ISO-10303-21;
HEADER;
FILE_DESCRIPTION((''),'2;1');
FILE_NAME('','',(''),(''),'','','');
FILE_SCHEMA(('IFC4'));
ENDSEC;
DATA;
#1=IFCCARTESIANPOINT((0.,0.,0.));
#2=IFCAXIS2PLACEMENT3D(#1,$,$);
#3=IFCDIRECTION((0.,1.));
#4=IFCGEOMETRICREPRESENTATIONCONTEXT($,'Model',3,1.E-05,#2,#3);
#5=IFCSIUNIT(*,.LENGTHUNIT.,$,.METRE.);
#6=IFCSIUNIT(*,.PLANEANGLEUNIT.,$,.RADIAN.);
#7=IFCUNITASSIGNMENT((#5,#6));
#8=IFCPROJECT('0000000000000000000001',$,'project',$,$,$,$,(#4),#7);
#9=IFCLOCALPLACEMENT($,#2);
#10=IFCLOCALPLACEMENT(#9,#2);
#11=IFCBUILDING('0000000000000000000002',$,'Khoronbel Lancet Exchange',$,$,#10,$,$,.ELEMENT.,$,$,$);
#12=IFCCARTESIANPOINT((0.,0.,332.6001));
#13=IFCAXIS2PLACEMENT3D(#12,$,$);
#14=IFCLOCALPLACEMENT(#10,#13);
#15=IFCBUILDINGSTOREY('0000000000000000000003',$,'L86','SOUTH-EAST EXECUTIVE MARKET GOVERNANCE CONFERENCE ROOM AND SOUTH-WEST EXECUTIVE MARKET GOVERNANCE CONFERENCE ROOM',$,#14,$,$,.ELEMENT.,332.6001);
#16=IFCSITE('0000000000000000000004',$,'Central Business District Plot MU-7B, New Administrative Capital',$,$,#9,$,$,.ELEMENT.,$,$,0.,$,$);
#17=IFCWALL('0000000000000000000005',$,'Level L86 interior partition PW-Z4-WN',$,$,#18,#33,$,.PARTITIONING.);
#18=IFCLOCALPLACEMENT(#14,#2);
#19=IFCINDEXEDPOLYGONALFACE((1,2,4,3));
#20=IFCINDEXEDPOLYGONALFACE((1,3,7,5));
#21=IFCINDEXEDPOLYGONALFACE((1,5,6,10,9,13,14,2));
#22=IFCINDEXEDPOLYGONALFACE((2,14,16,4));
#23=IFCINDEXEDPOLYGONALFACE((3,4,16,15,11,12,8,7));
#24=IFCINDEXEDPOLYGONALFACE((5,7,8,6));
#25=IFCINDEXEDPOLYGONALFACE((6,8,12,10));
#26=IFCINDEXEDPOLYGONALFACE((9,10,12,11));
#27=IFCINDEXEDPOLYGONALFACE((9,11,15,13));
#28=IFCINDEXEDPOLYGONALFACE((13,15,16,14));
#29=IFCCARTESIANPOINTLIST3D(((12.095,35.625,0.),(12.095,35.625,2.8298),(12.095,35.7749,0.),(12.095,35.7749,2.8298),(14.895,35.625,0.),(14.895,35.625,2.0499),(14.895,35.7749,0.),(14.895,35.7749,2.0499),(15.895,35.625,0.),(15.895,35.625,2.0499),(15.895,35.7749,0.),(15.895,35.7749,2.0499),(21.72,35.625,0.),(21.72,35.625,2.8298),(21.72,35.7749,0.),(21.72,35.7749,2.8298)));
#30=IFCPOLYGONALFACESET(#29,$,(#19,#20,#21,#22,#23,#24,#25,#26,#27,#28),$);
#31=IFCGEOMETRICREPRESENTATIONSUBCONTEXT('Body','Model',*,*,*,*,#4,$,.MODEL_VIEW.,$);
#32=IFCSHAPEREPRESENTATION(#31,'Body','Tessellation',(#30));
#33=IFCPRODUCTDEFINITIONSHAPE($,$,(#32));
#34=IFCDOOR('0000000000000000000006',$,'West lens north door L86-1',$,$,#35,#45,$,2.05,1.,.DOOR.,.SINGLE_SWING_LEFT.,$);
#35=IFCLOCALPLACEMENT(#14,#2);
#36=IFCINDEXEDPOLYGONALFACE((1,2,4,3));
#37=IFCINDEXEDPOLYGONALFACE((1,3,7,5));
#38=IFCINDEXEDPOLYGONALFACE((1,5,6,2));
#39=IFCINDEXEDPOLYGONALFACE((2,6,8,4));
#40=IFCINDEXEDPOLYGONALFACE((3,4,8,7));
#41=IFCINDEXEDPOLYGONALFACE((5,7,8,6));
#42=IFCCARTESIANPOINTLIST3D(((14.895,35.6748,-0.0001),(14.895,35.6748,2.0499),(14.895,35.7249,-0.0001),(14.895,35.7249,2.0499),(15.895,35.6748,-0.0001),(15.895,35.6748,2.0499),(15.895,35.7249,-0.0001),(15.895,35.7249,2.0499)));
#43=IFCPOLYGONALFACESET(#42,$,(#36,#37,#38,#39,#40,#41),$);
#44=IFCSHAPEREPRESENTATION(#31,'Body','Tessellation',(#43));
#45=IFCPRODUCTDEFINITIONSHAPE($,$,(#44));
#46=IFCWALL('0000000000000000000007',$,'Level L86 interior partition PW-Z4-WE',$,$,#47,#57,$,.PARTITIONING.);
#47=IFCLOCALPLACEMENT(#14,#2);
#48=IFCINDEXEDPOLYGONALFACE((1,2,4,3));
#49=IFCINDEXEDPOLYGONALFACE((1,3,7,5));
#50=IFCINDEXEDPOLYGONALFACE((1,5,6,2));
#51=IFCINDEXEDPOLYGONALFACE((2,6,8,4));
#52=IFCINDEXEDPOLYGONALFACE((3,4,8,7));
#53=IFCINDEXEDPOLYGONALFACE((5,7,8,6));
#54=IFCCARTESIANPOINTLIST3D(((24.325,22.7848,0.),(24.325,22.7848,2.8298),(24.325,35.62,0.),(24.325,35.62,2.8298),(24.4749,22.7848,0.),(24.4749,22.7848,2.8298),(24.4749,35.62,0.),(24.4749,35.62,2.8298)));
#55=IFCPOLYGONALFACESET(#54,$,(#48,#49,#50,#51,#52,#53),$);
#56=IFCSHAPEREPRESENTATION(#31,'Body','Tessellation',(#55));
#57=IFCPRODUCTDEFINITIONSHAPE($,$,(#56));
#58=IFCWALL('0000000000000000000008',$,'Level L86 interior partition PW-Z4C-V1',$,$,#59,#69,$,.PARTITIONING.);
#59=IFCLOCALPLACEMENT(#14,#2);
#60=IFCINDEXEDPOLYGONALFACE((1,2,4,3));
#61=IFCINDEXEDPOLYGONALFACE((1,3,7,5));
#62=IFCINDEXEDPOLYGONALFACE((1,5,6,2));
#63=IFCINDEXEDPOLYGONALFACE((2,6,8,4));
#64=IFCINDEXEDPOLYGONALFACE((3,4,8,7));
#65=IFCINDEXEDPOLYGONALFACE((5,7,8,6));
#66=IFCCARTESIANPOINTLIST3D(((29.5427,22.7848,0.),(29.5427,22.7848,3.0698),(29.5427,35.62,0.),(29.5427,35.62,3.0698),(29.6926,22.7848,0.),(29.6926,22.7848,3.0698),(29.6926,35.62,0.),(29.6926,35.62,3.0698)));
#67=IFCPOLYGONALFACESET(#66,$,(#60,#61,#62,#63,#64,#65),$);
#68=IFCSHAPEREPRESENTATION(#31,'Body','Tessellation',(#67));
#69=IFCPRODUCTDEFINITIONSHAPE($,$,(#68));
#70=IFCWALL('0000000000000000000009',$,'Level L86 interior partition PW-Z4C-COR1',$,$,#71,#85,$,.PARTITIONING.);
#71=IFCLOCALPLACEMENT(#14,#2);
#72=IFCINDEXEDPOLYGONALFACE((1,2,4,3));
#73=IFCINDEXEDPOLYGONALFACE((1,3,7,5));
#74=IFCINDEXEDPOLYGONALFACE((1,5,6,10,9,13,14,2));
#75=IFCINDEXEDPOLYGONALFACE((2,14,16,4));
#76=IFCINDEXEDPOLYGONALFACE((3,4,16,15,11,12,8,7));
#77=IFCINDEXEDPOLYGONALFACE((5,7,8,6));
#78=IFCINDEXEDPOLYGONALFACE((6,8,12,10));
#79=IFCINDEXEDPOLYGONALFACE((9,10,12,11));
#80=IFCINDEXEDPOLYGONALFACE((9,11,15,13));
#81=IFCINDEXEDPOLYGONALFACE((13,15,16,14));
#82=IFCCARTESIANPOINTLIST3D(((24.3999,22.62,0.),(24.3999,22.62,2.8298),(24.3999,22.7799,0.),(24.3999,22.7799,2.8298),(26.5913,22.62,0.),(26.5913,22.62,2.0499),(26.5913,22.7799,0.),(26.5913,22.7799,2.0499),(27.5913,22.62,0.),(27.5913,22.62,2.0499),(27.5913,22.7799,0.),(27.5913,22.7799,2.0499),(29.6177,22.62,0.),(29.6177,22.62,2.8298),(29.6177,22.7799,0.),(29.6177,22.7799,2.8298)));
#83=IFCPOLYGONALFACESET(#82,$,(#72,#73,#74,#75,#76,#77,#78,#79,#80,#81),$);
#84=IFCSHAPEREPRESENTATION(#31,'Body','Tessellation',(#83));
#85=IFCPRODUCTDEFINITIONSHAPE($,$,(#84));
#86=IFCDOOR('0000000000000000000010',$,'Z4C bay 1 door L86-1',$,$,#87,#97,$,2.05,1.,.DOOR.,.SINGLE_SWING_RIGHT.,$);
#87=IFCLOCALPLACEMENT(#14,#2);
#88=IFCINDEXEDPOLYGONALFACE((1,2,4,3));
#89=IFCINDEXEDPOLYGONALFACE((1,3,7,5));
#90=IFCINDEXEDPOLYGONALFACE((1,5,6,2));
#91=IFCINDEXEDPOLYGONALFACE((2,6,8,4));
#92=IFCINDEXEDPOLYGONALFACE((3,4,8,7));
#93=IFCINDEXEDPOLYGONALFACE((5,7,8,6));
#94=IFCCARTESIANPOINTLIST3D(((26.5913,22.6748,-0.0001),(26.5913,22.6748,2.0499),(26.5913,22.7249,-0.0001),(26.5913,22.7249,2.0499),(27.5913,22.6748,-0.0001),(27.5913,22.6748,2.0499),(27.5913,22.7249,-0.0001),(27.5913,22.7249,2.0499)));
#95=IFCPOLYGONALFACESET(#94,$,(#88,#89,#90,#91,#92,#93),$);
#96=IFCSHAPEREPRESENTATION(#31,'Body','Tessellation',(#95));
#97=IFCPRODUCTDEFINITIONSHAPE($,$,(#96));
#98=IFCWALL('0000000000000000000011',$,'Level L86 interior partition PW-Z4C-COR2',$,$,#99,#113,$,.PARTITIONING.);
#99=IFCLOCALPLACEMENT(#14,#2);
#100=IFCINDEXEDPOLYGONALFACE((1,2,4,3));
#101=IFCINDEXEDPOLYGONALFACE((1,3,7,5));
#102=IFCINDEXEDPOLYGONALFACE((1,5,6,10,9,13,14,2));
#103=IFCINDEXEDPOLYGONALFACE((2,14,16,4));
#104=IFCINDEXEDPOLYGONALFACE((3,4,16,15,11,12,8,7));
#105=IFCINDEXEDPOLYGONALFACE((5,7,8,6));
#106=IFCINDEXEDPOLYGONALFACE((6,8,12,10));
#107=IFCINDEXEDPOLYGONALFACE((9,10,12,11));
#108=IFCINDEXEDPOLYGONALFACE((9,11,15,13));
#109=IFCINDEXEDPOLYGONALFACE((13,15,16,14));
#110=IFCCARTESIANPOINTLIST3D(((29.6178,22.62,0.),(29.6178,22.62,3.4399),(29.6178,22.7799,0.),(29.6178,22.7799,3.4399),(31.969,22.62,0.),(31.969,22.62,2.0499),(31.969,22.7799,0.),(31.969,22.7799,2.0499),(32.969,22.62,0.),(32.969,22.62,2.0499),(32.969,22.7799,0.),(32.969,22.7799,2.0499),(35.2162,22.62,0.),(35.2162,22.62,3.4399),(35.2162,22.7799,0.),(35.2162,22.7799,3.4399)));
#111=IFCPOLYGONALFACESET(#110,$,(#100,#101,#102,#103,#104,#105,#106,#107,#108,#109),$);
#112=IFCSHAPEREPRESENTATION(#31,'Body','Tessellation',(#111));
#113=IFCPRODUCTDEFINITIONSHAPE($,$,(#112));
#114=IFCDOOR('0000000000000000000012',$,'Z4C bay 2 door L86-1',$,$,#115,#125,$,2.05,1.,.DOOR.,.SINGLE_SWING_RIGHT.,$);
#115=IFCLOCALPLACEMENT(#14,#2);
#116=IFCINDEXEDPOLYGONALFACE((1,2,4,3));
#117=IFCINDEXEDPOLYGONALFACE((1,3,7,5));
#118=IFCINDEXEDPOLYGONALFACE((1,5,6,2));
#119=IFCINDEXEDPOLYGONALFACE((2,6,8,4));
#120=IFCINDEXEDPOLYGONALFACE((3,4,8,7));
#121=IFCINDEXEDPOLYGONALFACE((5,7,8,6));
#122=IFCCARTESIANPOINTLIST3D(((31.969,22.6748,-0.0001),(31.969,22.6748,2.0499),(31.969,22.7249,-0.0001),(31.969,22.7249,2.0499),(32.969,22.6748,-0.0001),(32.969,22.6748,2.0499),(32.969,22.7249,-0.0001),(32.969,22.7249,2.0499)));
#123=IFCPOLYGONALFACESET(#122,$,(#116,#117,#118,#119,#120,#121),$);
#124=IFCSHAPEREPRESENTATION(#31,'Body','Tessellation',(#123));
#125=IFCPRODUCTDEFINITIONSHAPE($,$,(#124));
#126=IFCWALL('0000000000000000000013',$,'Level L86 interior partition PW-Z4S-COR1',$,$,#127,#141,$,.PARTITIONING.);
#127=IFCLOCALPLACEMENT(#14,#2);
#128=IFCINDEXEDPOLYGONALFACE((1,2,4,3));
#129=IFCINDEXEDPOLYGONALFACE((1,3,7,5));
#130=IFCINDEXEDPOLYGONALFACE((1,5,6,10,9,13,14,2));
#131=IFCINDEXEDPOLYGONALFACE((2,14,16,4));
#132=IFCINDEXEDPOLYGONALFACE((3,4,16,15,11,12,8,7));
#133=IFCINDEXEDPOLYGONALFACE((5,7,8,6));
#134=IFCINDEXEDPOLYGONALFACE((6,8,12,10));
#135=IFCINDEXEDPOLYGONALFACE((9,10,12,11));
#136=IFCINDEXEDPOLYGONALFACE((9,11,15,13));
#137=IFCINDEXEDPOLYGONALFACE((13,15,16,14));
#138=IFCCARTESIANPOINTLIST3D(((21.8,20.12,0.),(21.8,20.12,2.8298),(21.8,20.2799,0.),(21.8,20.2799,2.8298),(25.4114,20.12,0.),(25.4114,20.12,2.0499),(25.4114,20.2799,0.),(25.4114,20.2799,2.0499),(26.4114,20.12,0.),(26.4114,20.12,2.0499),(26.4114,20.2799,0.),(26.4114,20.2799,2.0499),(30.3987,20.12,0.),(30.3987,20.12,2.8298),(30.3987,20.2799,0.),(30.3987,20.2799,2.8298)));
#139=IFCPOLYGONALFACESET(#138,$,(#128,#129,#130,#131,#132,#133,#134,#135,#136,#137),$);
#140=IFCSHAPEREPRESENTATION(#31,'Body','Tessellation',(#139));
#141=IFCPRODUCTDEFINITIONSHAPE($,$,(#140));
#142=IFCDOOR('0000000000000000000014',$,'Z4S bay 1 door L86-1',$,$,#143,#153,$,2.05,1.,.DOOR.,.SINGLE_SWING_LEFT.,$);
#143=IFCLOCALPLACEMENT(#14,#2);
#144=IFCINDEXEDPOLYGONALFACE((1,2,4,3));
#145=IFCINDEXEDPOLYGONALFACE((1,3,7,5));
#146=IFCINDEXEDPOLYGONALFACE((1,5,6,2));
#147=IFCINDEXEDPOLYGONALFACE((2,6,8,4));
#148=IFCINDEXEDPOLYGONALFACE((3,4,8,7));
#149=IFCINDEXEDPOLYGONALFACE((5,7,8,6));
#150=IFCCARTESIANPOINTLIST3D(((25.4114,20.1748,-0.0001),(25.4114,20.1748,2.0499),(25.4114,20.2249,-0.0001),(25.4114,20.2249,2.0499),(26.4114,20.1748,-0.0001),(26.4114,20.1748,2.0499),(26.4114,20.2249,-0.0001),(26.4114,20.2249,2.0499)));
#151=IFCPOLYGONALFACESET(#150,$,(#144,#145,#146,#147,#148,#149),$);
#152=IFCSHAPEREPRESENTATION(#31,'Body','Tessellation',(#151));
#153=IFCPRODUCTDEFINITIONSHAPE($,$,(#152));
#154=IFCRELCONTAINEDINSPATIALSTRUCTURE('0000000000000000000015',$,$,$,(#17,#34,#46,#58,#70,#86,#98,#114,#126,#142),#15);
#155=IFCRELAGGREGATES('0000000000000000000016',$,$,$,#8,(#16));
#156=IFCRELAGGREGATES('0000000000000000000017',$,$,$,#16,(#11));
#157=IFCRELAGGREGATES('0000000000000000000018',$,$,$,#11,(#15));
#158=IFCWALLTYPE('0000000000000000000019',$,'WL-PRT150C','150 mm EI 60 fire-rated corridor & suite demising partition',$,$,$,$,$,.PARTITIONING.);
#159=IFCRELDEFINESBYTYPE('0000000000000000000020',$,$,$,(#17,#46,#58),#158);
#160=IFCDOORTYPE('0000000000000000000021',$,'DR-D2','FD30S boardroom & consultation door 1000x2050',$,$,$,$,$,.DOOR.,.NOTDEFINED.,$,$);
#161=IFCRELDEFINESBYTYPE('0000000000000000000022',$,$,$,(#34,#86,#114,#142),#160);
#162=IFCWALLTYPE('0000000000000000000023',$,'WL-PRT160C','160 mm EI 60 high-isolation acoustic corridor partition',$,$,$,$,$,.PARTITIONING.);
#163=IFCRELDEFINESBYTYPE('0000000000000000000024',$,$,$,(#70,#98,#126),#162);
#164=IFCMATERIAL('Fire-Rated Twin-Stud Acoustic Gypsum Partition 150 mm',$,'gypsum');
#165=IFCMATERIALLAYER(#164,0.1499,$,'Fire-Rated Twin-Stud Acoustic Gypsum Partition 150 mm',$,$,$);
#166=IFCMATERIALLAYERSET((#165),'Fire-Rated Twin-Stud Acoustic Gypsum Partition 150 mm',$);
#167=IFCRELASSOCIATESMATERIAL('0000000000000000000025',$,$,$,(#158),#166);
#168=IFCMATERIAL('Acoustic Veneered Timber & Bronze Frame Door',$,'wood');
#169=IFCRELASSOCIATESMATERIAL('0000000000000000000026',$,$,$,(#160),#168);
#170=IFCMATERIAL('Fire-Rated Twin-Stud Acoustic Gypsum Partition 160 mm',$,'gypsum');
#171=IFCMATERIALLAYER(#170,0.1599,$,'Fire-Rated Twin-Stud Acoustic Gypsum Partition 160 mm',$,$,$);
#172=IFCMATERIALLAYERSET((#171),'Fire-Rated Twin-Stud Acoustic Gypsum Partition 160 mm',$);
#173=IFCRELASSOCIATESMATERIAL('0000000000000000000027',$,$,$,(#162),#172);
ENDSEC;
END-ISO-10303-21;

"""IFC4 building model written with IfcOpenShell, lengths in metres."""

from ifc_helpers import new_model, si_unit, direction, frame, frame_2d, origin, place, context, subcontext, project, spatial, rectangle, extrude, material, layer, layer_set, type_object, element, fill, save


model = new_model("IFC4")

# Units and contexts
model_context = context("Model", 3, precision=1e-05, world=origin(), true_north=direction((0.0, 1.0)))
body_context = subcontext(model_context, "Body", "Model", "MODEL_VIEW")
ifc_project = project(units=[si_unit("LENGTHUNIT", "METRE"), si_unit("PLANEANGLEUNIT", "RADIAN")], contexts=[model_context])

# Site, building, storey
site_placement = place(None, origin())
site = spatial("IfcSite", under=ifc_project, at=site_placement, Name="Central Business District Plot MU-7B, New Administrative Capital", CompositionType="ELEMENT", RefElevation=0.0)
building_placement = place(site_placement, origin())
building = spatial("IfcBuilding", under=site, at=building_placement, Name="Khoronbel Lancet Exchange", CompositionType="ELEMENT")
storey_placement = place(building_placement, frame((0.0, 0.0, 332.6001)))
storey = spatial("IfcBuildingStorey", under=building, at=storey_placement, Name="L86", Description="SOUTH-EAST EXECUTIVE MARKET GOVERNANCE CONFERENCE ROOM AND SOUTH-WEST EXECUTIVE MARKET GOVERNANCE CONFERENCE ROOM", CompositionType="ELEMENT", Elevation=332.6001)

# Wall, opening, door
ifc_material_1 = material(Name="Fire-Rated Twin-Stud Acoustic Gypsum Partition 150 mm", Category="gypsum")
ifc_layer_1 = layer(ifc_material_1, 0.1499, Name="Fire-Rated Twin-Stud Acoustic Gypsum Partition 150 mm")
ifc_layer_set_1 = layer_set([ifc_layer_1], Name="Fire-Rated Twin-Stud Acoustic Gypsum Partition 150 mm")
wall_type_1 = type_object("IfcWallType", Name="WL-PRT150C", Description="150 mm EI 60 fire-rated corridor & suite demising partition", PredefinedType="PARTITIONING", material=ifc_layer_set_1)
wall_1_placement = place(storey_placement, frame((12.095, 35.7, 0.0), z_axis=(0.0, 0.0, 1.0), x_axis=(1.0, 0.0, 0.0)))
wall_1 = element("IfcWall", 1, at=wall_1_placement, inside=storey, type_object=wall_type_1, Name="Level L86 interior partition PW-Z4-WN", PredefinedType="PARTITIONING", context=body_context, shape_type="SweptSolid", body=[
    extrude(rectangle(XDim=9.625, YDim=0.1499, at=frame_2d((4.8125, 0.0))), origin(), (0.0, 0.0, 1.0), 2.8298),
])
opening_1_placement = place(wall_1_placement, frame((2.8, 0.0, 0.0)))
opening_1 = element("IfcOpeningElement", 2, at=opening_1_placement, cuts=wall_1, PredefinedType="OPENING", context=body_context, shape_type="SweptSolid", body=[
    extrude(rectangle(XDim=1.0, YDim=2.05, at=frame_2d((0.5, 1.0249))), frame((0.0, 0.085, 0.0), z_axis=(0.0, -1.0, 0.0), x_axis=(1.0, 0.0, 0.0)), (0.0, 0.0, 1.0), 0.1699),
])
ifc_material_2 = material(Name="Acoustic Veneered Timber & Bronze Frame Door", Category="wood")
door_type_1 = type_object("IfcDoorType", Name="DR-D2", Description="FD30S boardroom & consultation door 1000x2050", OperationType="NOTDEFINED", PredefinedType="DOOR", material=ifc_material_2)
door_1_placement = place(opening_1_placement, origin())
door_1 = element("IfcDoor", 3, at=door_1_placement, inside=storey, type_object=door_type_1, Name="West lens north door L86-1", OperationType="SINGLE_SWING_LEFT", OverallHeight=2.05, OverallWidth=1.0, PredefinedType="DOOR", context=body_context, shape_type="SweptSolid", body=[
    extrude(rectangle(XDim=1.0, YDim=2.05, at=frame_2d((0.5, 1.0249))), frame((0.0, 0.0249, 0.0), z_axis=(0.0, -1.0, 0.0), x_axis=(1.0, 0.0, 0.0)), (0.0, 0.0, 1.0), 0.05),
])
fill(opening_1, door_1)

# Walls
wall_2_placement = place(storey_placement, frame((24.3999, 22.7849, 0.0), z_axis=(0.0, 0.0, 1.0), x_axis=(0.0, 1.0, 0.0)))
element("IfcWall", 4, at=wall_2_placement, inside=storey, type_object=wall_type_1, Name="Level L86 interior partition PW-Z4-WE", PredefinedType="PARTITIONING", context=body_context, shape_type="SweptSolid", body=[
    extrude(rectangle(XDim=12.8352, YDim=0.1499, at=frame_2d((6.4175, 0.0))), origin(), (0.0, 0.0, 1.0), 2.8298),
])
wall_3_placement = place(storey_placement, frame((29.6177, 22.7849, 0.0), z_axis=(0.0, 0.0, 1.0), x_axis=(0.0, 1.0, 0.0)))
element("IfcWall", 5, at=wall_3_placement, inside=storey, type_object=wall_type_1, Name="Level L86 interior partition PW-Z4C-V1", PredefinedType="PARTITIONING", context=body_context, shape_type="SweptSolid", body=[
    extrude(rectangle(XDim=12.8352, YDim=0.1499, at=frame_2d((6.4175, 0.0))), origin(), (0.0, 0.0, 1.0), 3.0698),
])

# Walls, openings, doors
ifc_material_3 = material(Name="Fire-Rated Twin-Stud Acoustic Gypsum Partition 160 mm", Category="gypsum")
ifc_layer_2 = layer(ifc_material_3, 0.1599, Name="Fire-Rated Twin-Stud Acoustic Gypsum Partition 160 mm")
ifc_layer_set_2 = layer_set([ifc_layer_2], Name="Fire-Rated Twin-Stud Acoustic Gypsum Partition 160 mm")
wall_type_2 = type_object("IfcWallType", Name="WL-PRT160C", Description="160 mm EI 60 high-isolation acoustic corridor partition", PredefinedType="PARTITIONING", material=ifc_layer_set_2)
wall_4_placement = place(storey_placement, frame((24.3999, 22.7, 0.0), z_axis=(0.0, 0.0, 1.0), x_axis=(1.0, 0.0, 0.0)))
wall_4 = element("IfcWall", 6, at=wall_4_placement, inside=storey, type_object=wall_type_2, Name="Level L86 interior partition PW-Z4C-COR1", PredefinedType="PARTITIONING", context=body_context, shape_type="SweptSolid", body=[
    extrude(rectangle(XDim=5.2178, YDim=0.1599, at=frame_2d((2.6089, 0.0))), origin(), (0.0, 0.0, 1.0), 2.8298),
])
opening_2_placement = place(wall_4_placement, frame((2.1914, 0.0, 0.0)))
opening_2 = element("IfcOpeningElement", 7, at=opening_2_placement, cuts=wall_4, PredefinedType="OPENING", context=body_context, shape_type="SweptSolid", body=[
    extrude(rectangle(XDim=1.0, YDim=2.05, at=frame_2d((0.5, 1.0249))), frame((0.0, 0.0898, 0.0), z_axis=(0.0, -1.0, 0.0), x_axis=(1.0, 0.0, 0.0)), (0.0, 0.0, 1.0), 0.1799),
])
door_2_placement = place(opening_2_placement, origin())
door_2 = element("IfcDoor", 8, at=door_2_placement, inside=storey, type_object=door_type_1, Name="Z4C bay 1 door L86-1", OperationType="SINGLE_SWING_RIGHT", OverallHeight=2.05, OverallWidth=1.0, PredefinedType="DOOR", context=body_context, shape_type="SweptSolid", body=[
    extrude(rectangle(XDim=1.0, YDim=2.05, at=frame_2d((0.5, 1.0249))), frame((0.0, 0.0249, 0.0), z_axis=(0.0, -1.0, 0.0), x_axis=(1.0, 0.0, 0.0)), (0.0, 0.0, 1.0), 0.05),
])
fill(opening_2, door_2)
wall_5_placement = place(storey_placement, frame((29.6177, 22.7, 0.0), z_axis=(0.0, 0.0, 1.0), x_axis=(1.0, 0.0, 0.0)))
wall_5 = element("IfcWall", 9, at=wall_5_placement, inside=storey, type_object=wall_type_2, Name="Level L86 interior partition PW-Z4C-COR2", PredefinedType="PARTITIONING", context=body_context, shape_type="SweptSolid", body=[
    extrude(rectangle(XDim=5.5984, YDim=0.1599, at=frame_2d((2.7993, 0.0))), origin(), (0.0, 0.0, 1.0), 3.4399),
])
opening_3_placement = place(wall_5_placement, frame((2.3513, 0.0, 0.0)))
opening_3 = element("IfcOpeningElement", 10, at=opening_3_placement, cuts=wall_5, PredefinedType="OPENING", context=body_context, shape_type="SweptSolid", body=[
    extrude(rectangle(XDim=1.0, YDim=2.05, at=frame_2d((0.5, 1.0249))), frame((0.0, 0.0898, 0.0), z_axis=(0.0, -1.0, 0.0), x_axis=(1.0, 0.0, 0.0)), (0.0, 0.0, 1.0), 0.1799),
])
door_3_placement = place(opening_3_placement, origin())
door_3 = element("IfcDoor", 11, at=door_3_placement, inside=storey, type_object=door_type_1, Name="Z4C bay 2 door L86-1", OperationType="SINGLE_SWING_RIGHT", OverallHeight=2.05, OverallWidth=1.0, PredefinedType="DOOR", context=body_context, shape_type="SweptSolid", body=[
    extrude(rectangle(XDim=1.0, YDim=2.05, at=frame_2d((0.5, 1.0249))), frame((0.0, 0.0249, 0.0), z_axis=(0.0, -1.0, 0.0), x_axis=(1.0, 0.0, 0.0)), (0.0, 0.0, 1.0), 0.05),
])
fill(opening_3, door_3)
wall_6_placement = place(storey_placement, frame((21.8, 20.2, 0.0), z_axis=(0.0, 0.0, 1.0), x_axis=(1.0, 0.0, 0.0)))
wall_6 = element("IfcWall", 12, at=wall_6_placement, inside=storey, type_object=wall_type_2, Name="Level L86 interior partition PW-Z4S-COR1", PredefinedType="PARTITIONING", context=body_context, shape_type="SweptSolid", body=[
    extrude(rectangle(XDim=8.5986, YDim=0.1599, at=frame_2d((4.2993, 0.0))), origin(), (0.0, 0.0, 1.0), 2.8298),
])
opening_4_placement = place(wall_6_placement, frame((3.6113, 0.0, 0.0)))
opening_4 = element("IfcOpeningElement", 13, at=opening_4_placement, cuts=wall_6, PredefinedType="OPENING", context=body_context, shape_type="SweptSolid", body=[
    extrude(rectangle(XDim=1.0, YDim=2.05, at=frame_2d((0.5, 1.0249))), frame((0.0, 0.0898, 0.0), z_axis=(0.0, -1.0, 0.0), x_axis=(1.0, 0.0, 0.0)), (0.0, 0.0, 1.0), 0.1799),
])
door_4_placement = place(opening_4_placement, origin())
door_4 = element("IfcDoor", 14, at=door_4_placement, inside=storey, type_object=door_type_1, Name="Z4S bay 1 door L86-1", OperationType="SINGLE_SWING_LEFT", OverallHeight=2.05, OverallWidth=1.0, PredefinedType="DOOR", context=body_context, shape_type="SweptSolid", body=[
    extrude(rectangle(XDim=1.0, YDim=2.05, at=frame_2d((0.5, 1.0249))), frame((0.0, 0.0249, 0.0), z_axis=(0.0, -1.0, 0.0), x_axis=(1.0, 0.0, 0.0)), (0.0, 0.0, 1.0), 0.05),
])
fill(opening_4, door_4)

save(model, "model.ifc")
